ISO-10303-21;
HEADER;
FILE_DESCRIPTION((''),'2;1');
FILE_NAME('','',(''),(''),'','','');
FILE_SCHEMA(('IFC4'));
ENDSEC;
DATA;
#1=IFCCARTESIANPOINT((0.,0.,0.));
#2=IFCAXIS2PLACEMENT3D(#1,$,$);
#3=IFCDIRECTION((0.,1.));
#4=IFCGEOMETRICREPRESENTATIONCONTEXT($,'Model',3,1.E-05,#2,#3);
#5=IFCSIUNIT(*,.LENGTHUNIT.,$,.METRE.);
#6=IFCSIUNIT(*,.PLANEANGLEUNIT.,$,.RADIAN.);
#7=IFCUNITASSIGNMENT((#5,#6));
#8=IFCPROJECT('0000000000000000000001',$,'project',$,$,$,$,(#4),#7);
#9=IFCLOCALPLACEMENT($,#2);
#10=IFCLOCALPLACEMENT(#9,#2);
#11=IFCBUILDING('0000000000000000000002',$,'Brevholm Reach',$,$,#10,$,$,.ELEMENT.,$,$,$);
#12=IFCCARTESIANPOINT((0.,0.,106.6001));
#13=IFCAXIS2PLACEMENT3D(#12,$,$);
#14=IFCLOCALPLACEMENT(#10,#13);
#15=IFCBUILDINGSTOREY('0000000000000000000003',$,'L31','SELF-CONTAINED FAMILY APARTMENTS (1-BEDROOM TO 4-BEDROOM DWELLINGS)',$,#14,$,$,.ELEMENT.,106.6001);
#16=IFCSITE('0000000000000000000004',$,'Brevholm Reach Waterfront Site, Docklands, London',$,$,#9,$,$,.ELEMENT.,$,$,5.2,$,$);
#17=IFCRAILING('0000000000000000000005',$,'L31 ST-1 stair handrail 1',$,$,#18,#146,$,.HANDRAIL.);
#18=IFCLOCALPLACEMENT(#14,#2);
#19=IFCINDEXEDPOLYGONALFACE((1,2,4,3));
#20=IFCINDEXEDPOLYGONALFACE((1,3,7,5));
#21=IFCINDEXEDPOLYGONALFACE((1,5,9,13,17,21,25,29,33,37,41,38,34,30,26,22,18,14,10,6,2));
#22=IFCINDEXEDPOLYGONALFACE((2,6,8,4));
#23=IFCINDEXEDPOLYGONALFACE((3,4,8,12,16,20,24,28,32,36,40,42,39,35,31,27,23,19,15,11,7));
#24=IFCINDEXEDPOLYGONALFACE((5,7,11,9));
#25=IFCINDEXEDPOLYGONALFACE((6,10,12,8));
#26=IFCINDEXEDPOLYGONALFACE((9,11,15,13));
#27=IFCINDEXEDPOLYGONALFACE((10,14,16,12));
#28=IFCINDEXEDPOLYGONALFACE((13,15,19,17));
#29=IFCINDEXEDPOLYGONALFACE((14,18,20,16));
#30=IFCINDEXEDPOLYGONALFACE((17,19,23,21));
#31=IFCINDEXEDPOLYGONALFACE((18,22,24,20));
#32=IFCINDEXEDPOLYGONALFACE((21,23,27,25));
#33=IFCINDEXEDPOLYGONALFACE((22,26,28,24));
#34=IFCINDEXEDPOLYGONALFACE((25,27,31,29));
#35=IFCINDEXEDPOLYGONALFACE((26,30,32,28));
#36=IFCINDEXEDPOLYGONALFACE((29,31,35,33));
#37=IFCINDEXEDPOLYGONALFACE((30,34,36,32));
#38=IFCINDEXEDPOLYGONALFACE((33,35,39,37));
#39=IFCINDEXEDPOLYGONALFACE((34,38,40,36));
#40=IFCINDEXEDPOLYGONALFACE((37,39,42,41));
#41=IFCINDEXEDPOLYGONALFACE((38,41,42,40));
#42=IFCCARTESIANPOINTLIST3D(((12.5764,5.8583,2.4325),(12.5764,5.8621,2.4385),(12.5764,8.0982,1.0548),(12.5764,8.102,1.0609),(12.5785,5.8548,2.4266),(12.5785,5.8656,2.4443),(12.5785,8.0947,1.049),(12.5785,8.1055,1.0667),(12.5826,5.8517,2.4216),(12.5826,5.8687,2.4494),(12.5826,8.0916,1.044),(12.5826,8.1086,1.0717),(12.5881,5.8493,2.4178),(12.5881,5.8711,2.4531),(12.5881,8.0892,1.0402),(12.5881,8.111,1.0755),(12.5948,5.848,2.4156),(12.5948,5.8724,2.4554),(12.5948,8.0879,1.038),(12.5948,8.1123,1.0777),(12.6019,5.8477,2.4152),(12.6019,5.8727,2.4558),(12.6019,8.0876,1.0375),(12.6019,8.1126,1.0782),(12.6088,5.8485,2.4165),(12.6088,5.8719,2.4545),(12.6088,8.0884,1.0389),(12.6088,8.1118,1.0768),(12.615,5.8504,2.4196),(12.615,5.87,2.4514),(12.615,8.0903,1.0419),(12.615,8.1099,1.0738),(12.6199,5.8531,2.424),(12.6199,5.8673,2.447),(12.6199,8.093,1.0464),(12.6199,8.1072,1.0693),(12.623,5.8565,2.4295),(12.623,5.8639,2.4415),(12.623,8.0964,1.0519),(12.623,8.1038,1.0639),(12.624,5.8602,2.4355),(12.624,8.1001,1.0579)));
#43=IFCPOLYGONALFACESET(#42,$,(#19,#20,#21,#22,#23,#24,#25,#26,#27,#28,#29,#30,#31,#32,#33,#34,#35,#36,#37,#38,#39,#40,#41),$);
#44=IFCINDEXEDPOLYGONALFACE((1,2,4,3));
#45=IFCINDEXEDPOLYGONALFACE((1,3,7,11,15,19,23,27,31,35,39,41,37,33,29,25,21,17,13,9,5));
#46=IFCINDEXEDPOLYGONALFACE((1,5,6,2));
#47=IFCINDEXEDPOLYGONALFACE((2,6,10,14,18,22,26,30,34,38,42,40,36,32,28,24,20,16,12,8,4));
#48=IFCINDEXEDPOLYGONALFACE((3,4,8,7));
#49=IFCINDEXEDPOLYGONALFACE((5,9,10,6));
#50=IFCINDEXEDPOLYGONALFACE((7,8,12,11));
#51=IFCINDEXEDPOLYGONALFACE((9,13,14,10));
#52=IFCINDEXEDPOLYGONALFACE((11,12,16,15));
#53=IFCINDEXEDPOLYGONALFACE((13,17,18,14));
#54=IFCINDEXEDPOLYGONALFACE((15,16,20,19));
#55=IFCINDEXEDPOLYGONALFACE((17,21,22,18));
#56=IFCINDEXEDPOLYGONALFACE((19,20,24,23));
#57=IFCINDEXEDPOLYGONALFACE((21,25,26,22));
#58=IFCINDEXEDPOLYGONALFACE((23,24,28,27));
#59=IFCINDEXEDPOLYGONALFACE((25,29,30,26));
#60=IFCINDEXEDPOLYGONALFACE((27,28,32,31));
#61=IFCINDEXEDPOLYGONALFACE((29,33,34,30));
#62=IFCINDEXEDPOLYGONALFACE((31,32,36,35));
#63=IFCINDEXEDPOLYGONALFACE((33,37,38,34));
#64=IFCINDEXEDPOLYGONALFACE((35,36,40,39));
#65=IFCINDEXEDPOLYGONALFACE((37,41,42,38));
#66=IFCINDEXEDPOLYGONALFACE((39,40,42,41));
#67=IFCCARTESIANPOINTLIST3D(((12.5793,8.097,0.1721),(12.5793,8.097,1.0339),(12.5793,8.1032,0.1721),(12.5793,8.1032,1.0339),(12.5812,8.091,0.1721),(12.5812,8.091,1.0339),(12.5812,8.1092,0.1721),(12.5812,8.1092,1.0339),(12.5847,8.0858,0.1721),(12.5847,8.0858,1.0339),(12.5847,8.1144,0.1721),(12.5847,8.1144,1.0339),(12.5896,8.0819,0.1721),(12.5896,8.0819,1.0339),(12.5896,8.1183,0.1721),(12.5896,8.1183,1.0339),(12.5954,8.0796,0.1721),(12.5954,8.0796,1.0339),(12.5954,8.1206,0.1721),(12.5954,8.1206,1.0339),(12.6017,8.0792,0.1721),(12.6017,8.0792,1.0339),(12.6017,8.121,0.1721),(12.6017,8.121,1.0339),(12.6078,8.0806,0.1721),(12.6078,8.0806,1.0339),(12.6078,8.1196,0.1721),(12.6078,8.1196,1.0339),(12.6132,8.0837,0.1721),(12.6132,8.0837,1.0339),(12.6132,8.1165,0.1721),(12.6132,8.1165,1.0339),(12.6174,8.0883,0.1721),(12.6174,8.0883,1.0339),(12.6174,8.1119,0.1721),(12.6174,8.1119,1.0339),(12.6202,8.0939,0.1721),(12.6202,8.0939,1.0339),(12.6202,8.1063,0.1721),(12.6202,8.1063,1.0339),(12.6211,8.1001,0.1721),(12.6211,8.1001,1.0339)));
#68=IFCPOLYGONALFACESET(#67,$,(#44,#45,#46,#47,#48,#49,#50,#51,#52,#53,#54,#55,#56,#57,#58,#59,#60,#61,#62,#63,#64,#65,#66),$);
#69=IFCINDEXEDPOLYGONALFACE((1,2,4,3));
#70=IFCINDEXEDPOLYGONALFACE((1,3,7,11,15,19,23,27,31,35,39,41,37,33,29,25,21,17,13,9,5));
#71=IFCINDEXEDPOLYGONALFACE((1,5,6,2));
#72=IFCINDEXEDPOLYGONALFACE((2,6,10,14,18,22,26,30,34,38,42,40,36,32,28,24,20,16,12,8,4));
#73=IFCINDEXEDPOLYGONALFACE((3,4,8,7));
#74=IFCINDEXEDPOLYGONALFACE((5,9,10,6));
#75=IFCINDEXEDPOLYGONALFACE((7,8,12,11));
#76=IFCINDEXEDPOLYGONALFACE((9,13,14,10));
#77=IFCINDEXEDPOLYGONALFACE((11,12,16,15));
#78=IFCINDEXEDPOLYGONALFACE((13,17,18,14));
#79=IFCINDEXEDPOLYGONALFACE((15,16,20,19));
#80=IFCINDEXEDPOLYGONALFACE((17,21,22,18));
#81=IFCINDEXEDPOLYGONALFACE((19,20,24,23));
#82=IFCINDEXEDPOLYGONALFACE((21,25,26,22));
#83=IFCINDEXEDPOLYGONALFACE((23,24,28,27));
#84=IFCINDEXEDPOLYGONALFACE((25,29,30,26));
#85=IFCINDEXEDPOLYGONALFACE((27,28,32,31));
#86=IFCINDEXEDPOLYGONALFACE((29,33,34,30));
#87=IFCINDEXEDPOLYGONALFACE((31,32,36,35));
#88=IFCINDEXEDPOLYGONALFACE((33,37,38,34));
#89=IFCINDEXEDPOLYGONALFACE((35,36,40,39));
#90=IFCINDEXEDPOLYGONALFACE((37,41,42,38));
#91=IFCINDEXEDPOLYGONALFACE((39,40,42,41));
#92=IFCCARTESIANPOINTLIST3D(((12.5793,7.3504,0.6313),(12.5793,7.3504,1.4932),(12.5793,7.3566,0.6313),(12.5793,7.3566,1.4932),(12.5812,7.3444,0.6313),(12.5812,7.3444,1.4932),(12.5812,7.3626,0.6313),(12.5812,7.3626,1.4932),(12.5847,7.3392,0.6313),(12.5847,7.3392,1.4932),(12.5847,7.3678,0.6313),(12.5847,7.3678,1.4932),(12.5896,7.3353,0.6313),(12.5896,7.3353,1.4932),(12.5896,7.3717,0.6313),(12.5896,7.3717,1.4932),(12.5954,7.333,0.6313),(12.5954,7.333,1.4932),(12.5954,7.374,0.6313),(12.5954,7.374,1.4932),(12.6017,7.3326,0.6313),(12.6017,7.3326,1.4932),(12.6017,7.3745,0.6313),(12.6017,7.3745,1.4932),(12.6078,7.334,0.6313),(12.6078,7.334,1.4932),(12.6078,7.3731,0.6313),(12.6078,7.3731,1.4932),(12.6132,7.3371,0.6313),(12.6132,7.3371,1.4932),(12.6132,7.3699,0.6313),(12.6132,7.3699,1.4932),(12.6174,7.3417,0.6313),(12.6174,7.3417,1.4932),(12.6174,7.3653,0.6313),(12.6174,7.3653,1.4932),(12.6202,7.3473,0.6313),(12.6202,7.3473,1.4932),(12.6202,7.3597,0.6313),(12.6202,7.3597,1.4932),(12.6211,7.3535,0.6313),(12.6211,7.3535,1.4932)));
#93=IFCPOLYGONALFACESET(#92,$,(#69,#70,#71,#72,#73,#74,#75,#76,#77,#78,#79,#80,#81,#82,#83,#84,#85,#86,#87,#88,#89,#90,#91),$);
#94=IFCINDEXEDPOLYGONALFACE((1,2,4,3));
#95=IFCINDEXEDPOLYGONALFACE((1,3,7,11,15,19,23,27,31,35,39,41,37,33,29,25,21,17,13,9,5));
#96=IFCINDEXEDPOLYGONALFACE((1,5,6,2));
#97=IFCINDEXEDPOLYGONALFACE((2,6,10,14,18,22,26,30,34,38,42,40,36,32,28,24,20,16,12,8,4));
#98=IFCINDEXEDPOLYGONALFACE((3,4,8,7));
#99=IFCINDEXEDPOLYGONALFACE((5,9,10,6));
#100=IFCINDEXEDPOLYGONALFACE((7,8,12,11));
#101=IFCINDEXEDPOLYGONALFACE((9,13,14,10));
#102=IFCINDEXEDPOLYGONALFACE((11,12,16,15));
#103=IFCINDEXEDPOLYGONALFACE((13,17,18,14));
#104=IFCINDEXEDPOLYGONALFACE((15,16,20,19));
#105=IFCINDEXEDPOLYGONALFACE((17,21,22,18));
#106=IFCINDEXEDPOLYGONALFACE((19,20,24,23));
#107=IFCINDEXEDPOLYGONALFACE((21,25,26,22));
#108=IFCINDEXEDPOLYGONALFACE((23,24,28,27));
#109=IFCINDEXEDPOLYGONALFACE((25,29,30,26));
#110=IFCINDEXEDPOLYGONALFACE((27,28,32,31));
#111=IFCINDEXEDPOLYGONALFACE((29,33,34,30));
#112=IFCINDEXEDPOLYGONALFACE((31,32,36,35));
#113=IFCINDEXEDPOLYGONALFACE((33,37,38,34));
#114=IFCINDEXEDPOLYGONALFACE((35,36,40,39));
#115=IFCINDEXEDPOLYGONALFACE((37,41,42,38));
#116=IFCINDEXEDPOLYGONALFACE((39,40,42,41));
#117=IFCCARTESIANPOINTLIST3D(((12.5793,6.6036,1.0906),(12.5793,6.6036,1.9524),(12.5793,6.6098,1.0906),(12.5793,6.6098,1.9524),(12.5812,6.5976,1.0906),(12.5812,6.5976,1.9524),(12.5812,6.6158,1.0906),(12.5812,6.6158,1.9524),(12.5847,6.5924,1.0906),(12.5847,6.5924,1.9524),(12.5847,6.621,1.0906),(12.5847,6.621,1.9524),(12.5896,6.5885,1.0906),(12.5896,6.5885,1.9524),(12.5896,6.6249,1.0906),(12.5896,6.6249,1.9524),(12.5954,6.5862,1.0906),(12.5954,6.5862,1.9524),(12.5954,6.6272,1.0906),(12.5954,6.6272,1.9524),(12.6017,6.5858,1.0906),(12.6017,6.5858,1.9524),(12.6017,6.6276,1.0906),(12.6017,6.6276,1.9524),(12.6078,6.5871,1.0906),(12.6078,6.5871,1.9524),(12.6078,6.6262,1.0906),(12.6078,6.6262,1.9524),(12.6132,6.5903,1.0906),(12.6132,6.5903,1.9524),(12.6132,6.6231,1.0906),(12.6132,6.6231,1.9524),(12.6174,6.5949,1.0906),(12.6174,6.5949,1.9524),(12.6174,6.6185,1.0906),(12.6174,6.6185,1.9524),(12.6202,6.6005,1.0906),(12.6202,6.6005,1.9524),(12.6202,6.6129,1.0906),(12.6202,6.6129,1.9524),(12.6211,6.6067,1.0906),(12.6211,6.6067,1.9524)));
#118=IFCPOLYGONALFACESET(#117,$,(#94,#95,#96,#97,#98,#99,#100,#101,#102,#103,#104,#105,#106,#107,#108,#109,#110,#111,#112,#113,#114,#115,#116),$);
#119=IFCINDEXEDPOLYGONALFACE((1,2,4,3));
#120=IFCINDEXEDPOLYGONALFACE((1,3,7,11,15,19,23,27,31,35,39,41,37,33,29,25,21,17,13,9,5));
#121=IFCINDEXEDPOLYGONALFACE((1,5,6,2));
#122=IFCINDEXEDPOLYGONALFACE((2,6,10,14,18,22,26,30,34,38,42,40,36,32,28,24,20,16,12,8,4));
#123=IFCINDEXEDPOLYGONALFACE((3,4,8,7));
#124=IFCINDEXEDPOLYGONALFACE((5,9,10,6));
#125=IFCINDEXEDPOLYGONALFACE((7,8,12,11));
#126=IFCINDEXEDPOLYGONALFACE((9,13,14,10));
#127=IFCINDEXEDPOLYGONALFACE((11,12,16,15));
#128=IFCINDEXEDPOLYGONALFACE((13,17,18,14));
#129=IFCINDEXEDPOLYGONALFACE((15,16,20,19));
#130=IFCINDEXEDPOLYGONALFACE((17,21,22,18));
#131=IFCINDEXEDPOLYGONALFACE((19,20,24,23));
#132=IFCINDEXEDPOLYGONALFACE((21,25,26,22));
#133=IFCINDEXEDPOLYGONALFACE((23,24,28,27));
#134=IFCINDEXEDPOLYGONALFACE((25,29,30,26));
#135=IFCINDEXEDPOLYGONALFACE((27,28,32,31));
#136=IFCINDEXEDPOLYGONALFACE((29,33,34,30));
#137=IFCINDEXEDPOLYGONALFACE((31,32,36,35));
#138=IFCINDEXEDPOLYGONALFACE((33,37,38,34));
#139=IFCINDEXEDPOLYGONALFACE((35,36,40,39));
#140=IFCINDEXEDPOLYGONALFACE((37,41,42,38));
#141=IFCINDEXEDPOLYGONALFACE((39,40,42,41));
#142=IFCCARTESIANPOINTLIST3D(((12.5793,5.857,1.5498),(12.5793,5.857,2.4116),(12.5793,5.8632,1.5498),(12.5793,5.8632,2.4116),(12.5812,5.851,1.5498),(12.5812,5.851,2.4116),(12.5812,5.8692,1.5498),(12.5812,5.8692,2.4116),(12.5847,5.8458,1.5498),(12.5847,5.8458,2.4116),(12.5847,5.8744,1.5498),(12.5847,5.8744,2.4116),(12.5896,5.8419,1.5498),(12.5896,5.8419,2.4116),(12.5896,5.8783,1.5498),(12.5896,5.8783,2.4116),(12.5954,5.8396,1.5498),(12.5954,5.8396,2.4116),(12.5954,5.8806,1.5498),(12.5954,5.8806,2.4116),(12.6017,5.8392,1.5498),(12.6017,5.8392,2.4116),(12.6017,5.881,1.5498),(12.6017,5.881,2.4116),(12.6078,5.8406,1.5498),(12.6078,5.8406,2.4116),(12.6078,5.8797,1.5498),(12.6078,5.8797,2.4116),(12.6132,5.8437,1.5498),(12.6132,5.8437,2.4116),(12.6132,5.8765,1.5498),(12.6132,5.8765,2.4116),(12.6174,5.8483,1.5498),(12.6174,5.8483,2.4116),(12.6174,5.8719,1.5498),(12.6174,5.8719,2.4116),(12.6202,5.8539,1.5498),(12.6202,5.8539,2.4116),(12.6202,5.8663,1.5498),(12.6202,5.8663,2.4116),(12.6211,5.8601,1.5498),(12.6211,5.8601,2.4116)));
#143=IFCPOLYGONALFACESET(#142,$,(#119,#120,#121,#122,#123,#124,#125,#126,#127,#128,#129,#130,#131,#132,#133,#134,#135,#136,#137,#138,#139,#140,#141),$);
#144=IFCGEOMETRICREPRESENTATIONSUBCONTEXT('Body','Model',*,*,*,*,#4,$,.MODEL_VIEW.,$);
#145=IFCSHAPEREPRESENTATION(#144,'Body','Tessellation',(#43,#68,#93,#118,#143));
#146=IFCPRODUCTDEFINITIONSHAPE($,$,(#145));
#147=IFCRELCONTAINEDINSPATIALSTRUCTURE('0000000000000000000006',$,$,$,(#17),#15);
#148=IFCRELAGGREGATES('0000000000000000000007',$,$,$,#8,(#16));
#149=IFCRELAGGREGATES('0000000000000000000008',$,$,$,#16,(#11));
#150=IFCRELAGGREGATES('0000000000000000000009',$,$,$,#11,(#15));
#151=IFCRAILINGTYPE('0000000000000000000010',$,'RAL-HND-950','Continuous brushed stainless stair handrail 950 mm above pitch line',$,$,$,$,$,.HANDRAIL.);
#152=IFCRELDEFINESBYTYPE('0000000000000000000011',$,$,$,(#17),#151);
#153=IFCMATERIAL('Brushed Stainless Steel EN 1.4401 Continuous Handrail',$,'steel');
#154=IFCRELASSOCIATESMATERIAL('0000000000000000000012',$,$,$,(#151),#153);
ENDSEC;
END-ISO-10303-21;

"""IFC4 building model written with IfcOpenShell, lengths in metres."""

from ifc_helpers import new_model, si_unit, direction, frame, origin, origin_2d, place, context, subcontext, project, spatial, circle, extrude, material, type_object, element, save


model = new_model("IFC4")

# Units and contexts
model_context = context("Model", 3, precision=1e-05, world=origin(), true_north=direction((0.0, 1.0)))
body_context = subcontext(model_context, "Body", "Model", "MODEL_VIEW")
ifc_project = project(units=[si_unit("LENGTHUNIT", "METRE"), si_unit("PLANEANGLEUNIT", "RADIAN")], contexts=[model_context])

# Site, building, storey
site_placement = place(None, origin())
site = spatial("IfcSite", under=ifc_project, at=site_placement, Name="Brevholm Reach Waterfront Site, Docklands, London", CompositionType="ELEMENT", RefElevation=5.2)
building_placement = place(site_placement, origin())
building = spatial("IfcBuilding", under=site, at=building_placement, Name="Brevholm Reach", CompositionType="ELEMENT")
storey_placement = place(building_placement, frame((0.0, 0.0, 106.6001)))
storey = spatial("IfcBuildingStorey", under=building, at=storey_placement, Name="L31", Description="SELF-CONTAINED FAMILY APARTMENTS (1-BEDROOM TO 4-BEDROOM DWELLINGS)", CompositionType="ELEMENT", Elevation=106.6001)

# Railing
ifc_material_1 = material(Name="Brushed Stainless Steel EN 1.4401 Continuous Handrail", Category="steel")
railing_type_1 = type_object("IfcRailingType", Name="RAL-HND-950", Description="Continuous brushed stainless stair handrail 950 mm above pitch line", PredefinedType="HANDRAIL", material=ifc_material_1)
railing_1_placement = place(storey_placement, frame((12.6001, 8.1001, 0.1721)))
element("IfcRailing", 1, at=railing_1_placement, inside=storey, type_object=railing_type_1, Name="L31 ST-1 stair handrail 1", PredefinedType="HANDRAIL", context=body_context, shape_type="SweptSolid", body=[
    extrude(circle(Radius=0.0239, at=origin_2d()), frame((0.0, 0.0, 0.8857), z_axis=(0.0, -0.851789, 0.523885), x_axis=(1.0, 0.0, 0.0)), (0.0, 0.0, 1.0), 2.6296),
    extrude(circle(Radius=0.021, at=origin_2d()), origin(), (0.0, 0.0, 1.0), 0.8618),
    extrude(circle(Radius=0.021, at=origin_2d()), frame((0.0, -0.7466, 0.4592)), (0.0, 0.0, 1.0), 0.8618),
    extrude(circle(Radius=0.021, at=origin_2d()), frame((0.0, -1.4934, 0.9185)), (0.0, 0.0, 1.0), 0.8618),
    extrude(circle(Radius=0.021, at=origin_2d()), frame((0.0, -2.24, 1.3777)), (0.0, 0.0, 1.0), 0.8618),
])

save(model, "model.ifc")
